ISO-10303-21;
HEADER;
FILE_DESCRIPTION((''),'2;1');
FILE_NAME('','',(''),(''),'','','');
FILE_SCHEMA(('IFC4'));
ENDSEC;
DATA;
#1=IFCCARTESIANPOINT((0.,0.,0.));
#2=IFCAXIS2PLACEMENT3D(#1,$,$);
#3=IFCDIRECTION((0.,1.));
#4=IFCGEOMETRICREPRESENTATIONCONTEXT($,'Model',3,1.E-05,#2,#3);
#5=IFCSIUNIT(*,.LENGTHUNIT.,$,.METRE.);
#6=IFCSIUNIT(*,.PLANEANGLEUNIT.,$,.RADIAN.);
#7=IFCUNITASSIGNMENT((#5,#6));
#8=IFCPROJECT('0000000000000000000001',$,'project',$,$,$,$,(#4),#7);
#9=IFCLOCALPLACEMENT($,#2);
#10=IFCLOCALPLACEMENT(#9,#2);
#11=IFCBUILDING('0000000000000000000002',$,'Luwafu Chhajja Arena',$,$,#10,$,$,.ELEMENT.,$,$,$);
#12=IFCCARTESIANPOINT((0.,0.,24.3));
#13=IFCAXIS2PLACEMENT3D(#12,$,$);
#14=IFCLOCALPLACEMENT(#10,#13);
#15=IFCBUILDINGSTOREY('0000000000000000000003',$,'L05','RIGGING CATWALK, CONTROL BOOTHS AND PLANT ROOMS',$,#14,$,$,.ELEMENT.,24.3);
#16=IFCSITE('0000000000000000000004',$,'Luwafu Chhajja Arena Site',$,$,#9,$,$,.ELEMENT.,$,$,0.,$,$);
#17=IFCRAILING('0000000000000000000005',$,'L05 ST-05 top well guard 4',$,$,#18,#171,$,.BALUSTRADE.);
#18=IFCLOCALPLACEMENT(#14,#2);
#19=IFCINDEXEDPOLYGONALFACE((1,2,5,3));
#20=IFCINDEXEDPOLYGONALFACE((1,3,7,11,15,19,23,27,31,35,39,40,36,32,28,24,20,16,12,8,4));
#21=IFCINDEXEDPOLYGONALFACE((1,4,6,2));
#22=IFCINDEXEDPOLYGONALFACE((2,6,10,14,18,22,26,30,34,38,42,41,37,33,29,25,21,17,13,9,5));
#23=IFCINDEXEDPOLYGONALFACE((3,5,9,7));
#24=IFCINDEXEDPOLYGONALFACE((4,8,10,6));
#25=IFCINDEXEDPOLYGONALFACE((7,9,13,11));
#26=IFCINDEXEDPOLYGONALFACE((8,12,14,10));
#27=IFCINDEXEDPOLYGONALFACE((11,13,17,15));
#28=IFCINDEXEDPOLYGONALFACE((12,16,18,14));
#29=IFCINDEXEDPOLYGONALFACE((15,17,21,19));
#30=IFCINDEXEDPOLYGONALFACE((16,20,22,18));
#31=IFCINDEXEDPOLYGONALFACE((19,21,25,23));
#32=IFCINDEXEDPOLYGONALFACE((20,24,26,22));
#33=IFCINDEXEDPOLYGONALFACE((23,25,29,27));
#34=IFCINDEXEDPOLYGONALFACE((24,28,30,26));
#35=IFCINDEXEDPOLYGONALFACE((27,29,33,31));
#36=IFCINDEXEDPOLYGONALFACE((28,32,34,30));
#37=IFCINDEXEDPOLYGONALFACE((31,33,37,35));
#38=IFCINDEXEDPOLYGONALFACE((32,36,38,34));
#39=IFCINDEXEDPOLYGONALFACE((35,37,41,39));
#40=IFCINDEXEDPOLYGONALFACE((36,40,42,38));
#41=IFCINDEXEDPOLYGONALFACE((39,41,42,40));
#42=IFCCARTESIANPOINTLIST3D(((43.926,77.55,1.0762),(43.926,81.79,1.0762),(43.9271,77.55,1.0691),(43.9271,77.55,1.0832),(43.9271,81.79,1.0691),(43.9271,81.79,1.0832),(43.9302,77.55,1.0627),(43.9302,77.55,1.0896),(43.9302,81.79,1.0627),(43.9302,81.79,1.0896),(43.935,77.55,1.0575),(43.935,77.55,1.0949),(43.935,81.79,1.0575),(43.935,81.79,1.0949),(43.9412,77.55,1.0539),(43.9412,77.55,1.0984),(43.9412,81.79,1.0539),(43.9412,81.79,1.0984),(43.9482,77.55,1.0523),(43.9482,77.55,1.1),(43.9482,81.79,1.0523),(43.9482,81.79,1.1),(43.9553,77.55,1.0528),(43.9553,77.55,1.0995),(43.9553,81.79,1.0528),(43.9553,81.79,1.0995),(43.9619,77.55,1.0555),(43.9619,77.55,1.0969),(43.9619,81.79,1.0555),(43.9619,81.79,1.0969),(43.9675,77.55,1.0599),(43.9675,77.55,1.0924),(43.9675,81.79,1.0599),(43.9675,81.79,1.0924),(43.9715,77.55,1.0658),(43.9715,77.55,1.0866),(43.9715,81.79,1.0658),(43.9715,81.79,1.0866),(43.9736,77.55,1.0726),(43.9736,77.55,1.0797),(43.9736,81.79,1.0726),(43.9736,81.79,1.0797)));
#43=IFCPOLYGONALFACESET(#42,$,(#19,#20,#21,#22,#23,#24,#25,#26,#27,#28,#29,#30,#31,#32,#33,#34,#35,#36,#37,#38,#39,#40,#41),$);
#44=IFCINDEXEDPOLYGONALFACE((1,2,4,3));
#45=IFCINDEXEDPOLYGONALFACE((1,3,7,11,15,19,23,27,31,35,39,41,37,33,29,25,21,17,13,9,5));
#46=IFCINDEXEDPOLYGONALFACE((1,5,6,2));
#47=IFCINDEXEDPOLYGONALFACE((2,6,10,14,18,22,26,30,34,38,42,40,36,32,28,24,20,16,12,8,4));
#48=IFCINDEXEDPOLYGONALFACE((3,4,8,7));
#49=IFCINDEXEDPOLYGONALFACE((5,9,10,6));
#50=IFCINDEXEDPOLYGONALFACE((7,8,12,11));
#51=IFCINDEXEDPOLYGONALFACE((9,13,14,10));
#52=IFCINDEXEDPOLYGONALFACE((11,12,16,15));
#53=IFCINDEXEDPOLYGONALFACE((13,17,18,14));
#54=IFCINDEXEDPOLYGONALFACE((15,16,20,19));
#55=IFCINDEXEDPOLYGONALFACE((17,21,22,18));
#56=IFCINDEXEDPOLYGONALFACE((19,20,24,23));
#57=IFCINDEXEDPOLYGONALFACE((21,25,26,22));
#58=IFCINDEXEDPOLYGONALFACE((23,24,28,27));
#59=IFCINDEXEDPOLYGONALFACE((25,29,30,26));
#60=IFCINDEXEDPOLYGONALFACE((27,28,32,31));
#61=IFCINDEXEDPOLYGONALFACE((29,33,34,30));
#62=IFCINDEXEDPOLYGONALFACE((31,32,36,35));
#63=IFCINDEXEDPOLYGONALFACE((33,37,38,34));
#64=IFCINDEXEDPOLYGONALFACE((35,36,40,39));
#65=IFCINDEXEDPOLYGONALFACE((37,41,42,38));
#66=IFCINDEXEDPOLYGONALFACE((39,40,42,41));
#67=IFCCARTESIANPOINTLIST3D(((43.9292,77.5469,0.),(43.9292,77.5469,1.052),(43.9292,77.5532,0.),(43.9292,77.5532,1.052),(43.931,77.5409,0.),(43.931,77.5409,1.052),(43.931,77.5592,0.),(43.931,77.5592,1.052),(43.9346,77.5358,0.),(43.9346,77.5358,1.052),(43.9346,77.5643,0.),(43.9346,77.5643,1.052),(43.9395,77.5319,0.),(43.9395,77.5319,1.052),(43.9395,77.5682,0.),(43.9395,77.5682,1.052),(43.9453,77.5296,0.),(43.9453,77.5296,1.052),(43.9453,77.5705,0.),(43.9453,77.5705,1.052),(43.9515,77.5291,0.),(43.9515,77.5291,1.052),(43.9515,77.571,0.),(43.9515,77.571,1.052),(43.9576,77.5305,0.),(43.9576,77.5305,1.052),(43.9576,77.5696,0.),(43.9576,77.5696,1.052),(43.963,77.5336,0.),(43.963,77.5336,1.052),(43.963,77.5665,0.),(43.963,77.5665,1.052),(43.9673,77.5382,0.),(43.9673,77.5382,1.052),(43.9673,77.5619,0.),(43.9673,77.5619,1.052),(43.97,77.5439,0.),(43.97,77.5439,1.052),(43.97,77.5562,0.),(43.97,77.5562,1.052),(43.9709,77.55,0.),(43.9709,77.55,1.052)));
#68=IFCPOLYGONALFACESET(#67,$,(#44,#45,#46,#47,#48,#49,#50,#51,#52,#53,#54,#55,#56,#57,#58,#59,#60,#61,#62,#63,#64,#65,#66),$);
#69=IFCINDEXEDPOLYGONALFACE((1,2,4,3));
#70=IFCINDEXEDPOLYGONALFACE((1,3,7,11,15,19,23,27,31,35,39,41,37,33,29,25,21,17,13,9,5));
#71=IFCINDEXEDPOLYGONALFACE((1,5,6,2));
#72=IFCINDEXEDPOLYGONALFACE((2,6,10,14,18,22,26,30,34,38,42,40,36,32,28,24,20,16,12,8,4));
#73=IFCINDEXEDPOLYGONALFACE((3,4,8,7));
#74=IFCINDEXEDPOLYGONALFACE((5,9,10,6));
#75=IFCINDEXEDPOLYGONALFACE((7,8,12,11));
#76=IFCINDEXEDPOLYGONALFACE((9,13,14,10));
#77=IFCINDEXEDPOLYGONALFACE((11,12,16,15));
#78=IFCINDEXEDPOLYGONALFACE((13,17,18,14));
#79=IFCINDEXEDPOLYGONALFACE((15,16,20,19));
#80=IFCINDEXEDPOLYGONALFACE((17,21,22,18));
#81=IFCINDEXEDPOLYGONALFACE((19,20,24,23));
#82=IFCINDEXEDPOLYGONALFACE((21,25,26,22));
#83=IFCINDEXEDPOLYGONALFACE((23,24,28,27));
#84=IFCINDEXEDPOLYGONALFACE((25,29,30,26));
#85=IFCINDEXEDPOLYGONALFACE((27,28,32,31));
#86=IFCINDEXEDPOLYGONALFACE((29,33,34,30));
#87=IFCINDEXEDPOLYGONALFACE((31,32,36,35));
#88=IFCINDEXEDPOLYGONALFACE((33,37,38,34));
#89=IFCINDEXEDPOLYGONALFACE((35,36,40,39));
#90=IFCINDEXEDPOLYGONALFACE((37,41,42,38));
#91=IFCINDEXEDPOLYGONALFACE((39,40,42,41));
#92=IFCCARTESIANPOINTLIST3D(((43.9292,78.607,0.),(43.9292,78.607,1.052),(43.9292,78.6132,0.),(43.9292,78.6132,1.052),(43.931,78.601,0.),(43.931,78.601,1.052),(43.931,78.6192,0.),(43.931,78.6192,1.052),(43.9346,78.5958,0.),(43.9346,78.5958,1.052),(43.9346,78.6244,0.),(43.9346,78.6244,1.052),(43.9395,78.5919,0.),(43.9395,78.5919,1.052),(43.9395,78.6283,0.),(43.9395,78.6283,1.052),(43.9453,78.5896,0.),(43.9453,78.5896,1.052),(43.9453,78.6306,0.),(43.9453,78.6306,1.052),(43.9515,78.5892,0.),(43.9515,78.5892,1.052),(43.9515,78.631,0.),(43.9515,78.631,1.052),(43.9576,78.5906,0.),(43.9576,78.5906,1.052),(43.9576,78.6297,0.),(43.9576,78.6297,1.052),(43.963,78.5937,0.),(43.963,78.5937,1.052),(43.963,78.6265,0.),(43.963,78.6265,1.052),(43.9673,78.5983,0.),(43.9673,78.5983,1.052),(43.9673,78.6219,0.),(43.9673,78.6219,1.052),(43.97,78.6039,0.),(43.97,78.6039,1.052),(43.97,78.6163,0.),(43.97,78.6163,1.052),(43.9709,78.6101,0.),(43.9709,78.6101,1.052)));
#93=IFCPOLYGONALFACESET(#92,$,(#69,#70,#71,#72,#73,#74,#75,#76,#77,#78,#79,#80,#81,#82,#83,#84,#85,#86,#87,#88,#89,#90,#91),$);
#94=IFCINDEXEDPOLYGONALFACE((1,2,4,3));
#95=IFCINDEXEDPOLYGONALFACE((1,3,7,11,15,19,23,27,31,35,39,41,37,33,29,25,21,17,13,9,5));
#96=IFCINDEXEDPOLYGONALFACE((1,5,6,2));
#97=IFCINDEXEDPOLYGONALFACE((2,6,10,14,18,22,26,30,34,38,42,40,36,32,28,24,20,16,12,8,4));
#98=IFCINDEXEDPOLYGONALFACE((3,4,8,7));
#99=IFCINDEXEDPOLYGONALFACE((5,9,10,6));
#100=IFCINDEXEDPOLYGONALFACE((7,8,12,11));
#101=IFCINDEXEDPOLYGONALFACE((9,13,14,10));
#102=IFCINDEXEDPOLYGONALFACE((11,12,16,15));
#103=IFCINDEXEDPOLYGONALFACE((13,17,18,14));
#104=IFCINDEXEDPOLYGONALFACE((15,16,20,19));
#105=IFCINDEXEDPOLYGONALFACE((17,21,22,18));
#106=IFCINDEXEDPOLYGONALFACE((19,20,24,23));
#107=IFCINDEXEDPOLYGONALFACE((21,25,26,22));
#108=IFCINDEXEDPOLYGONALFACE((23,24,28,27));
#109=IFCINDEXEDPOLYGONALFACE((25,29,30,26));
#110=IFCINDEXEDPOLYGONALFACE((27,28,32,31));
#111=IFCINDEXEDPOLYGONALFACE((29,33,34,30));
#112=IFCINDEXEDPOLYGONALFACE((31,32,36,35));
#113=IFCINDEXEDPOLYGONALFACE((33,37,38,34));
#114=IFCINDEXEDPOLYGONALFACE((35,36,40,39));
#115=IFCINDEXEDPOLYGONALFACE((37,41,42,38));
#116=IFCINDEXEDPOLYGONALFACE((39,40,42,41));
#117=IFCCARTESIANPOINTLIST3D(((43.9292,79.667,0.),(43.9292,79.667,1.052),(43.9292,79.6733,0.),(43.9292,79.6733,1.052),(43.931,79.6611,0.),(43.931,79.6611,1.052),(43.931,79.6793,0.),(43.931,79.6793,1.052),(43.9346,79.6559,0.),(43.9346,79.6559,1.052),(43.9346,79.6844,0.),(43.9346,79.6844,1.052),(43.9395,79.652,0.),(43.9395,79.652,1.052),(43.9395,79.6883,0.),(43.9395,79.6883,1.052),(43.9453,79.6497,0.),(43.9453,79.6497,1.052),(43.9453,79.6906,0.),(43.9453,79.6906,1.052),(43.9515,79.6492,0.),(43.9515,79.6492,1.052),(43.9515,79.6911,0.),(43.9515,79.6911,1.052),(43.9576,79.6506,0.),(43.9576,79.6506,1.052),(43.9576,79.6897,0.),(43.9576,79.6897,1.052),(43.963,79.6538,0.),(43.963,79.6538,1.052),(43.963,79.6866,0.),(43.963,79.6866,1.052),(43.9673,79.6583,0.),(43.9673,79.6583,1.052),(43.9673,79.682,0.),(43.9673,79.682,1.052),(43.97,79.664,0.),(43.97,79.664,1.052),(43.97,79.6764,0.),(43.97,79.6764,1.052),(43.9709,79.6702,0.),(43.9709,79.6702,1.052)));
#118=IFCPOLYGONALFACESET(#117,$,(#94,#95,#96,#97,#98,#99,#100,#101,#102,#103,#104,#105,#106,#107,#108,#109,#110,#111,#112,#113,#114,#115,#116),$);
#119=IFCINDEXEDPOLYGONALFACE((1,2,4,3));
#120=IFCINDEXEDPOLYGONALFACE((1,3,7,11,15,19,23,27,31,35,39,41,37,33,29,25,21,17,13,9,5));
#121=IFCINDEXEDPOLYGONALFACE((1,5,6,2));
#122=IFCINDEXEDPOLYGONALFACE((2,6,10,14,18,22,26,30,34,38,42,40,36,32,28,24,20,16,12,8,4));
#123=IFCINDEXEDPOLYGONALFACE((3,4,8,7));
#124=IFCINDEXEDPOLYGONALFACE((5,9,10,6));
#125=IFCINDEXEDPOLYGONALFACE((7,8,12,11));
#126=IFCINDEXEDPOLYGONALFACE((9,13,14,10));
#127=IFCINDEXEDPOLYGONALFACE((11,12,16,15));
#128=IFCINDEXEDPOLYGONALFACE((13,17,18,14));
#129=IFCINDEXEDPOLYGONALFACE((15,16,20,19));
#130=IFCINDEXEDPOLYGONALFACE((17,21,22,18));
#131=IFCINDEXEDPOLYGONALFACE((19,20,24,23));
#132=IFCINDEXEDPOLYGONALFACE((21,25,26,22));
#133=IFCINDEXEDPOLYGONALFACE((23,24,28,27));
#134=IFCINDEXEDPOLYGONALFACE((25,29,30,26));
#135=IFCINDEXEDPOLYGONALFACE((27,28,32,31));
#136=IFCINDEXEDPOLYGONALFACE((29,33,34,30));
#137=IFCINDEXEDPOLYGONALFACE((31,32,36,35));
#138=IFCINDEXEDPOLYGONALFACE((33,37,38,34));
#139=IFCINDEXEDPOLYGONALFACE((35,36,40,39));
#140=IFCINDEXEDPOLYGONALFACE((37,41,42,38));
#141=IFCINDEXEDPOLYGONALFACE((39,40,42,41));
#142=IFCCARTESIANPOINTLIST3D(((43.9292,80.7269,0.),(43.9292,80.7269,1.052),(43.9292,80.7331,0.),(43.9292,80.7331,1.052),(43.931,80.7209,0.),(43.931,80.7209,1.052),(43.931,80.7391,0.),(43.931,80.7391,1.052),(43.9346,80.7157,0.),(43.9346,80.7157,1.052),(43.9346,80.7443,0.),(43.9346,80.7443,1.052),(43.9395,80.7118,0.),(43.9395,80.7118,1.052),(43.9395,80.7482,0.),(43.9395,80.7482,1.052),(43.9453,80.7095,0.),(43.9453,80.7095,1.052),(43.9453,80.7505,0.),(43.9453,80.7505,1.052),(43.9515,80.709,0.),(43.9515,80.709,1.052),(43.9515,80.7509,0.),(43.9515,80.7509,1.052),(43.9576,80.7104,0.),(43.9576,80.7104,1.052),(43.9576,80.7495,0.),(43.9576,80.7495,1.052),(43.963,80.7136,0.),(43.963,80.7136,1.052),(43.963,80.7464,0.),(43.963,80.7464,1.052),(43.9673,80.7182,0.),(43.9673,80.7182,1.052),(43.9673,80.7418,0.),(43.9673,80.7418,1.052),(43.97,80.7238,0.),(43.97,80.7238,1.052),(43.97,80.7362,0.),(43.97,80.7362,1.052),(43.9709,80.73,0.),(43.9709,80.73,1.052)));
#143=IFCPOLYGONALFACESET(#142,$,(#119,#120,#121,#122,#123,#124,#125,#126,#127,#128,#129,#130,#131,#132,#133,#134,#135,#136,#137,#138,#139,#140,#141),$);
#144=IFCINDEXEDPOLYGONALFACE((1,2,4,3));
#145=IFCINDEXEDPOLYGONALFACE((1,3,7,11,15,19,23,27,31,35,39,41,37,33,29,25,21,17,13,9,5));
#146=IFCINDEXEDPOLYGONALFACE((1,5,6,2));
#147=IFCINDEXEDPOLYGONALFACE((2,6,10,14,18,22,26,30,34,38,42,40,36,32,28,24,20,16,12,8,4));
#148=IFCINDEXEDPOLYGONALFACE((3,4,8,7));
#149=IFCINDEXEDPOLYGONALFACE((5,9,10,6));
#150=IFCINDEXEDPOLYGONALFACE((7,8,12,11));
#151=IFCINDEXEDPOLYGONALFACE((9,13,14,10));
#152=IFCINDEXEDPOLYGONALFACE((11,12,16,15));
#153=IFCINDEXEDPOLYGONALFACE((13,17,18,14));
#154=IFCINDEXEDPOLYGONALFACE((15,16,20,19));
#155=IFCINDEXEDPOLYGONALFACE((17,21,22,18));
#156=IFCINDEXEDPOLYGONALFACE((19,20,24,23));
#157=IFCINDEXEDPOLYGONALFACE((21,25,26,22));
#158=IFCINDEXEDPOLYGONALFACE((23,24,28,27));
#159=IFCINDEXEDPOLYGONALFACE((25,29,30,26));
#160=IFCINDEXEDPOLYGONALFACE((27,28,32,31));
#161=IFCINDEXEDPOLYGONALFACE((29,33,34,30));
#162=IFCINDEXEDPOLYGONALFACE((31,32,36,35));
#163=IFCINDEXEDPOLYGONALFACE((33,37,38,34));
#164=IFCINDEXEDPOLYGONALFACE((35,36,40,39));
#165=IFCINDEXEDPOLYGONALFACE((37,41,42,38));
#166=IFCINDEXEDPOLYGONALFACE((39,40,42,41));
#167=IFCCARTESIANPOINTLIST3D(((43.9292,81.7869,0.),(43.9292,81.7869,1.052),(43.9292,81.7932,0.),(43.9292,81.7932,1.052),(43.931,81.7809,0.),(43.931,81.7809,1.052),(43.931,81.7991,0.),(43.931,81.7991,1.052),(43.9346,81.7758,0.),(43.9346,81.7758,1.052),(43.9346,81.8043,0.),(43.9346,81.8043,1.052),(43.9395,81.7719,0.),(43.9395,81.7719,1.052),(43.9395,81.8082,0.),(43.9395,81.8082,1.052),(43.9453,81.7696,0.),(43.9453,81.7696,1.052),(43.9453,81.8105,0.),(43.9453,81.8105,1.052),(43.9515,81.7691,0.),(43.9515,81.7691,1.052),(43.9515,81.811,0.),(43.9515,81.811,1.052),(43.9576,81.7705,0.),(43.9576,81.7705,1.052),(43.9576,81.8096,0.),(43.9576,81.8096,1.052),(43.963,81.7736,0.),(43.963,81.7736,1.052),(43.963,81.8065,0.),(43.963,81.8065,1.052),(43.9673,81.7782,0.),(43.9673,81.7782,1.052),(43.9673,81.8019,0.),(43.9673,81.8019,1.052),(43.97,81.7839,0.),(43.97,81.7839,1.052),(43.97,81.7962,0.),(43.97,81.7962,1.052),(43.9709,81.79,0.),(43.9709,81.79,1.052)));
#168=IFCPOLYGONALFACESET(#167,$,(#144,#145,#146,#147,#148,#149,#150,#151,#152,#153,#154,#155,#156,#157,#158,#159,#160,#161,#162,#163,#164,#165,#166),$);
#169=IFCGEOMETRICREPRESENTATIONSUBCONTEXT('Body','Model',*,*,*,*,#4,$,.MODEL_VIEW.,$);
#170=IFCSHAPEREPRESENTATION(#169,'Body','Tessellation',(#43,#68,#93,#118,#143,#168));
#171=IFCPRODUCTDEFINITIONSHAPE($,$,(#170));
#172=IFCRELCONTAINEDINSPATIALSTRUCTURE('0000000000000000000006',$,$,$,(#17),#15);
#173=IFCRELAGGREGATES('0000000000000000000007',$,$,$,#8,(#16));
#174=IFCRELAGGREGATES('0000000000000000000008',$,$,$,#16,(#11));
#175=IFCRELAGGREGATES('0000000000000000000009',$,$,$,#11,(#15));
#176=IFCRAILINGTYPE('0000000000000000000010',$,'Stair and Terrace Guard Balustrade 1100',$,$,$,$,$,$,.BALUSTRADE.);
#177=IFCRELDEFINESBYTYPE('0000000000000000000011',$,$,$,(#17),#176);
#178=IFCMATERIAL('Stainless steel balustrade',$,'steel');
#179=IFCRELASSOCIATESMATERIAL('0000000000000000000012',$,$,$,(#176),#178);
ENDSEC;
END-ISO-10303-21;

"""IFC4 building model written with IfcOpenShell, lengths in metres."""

from ifc_helpers import new_model, si_unit, direction, frame, origin, origin_2d, place, context, subcontext, project, spatial, circle, extrude, material, type_object, element, save


model = new_model("IFC4")

# Units and contexts
model_context = context("Model", 3, precision=1e-05, world=origin(), true_north=direction((0.0, 1.0)))
body_context = subcontext(model_context, "Body", "Model", "MODEL_VIEW")
ifc_project = project(units=[si_unit("LENGTHUNIT", "METRE"), si_unit("PLANEANGLEUNIT", "RADIAN")], contexts=[model_context])

# Site, building, storey
site_placement = place(None, origin())
site = spatial("IfcSite", under=ifc_project, at=site_placement, Name="Luwafu Chhajja Arena Site", CompositionType="ELEMENT", RefElevation=0.0)
building_placement = place(site_placement, origin())
building = spatial("IfcBuilding", under=site, at=building_placement, Name="Luwafu Chhajja Arena", CompositionType="ELEMENT")
storey_placement = place(building_placement, frame((0.0, 0.0, 24.3)))
storey = spatial("IfcBuildingStorey", under=building, at=storey_placement, Name="L05", Description="RIGGING CATWALK, CONTROL BOOTHS AND PLANT ROOMS", CompositionType="ELEMENT", Elevation=24.3)

# Railing
ifc_material_1 = material(Name="Stainless steel balustrade", Category="steel")
railing_type = type_object("IfcRailingType", Name="Stair and Terrace Guard Balustrade 1100", PredefinedType="BALUSTRADE", material=ifc_material_1)
railing_1_placement = place(storey_placement, frame((43.95, 77.55, 0.0)))
element("IfcRailing", 1, at=railing_1_placement, inside=storey, type_object=railing_type, Name="L05 ST-05 top well guard 4", PredefinedType="BALUSTRADE", context=body_context, shape_type="SweptSolid", body=[
    extrude(circle(Radius=0.0239, at=origin_2d()), frame((0.0, 0.0, 1.0762), z_axis=(0.0, 1.0, 0.0), x_axis=(-1.0, 0.0, 0.0)), (0.0, 0.0, 1.0), 4.24),
    extrude(circle(Radius=0.021, at=origin_2d()), origin(), (0.0, 0.0, 1.0), 1.052),
    extrude(circle(Radius=0.021, at=origin_2d()), frame((0.0, 1.0601, 0.0)), (0.0, 0.0, 1.0), 1.052),
    extrude(circle(Radius=0.021, at=origin_2d()), frame((0.0, 2.1201, 0.0)), (0.0, 0.0, 1.0), 1.052),
    extrude(circle(Radius=0.021, at=origin_2d()), frame((0.0, 3.1799, 0.0)), (0.0, 0.0, 1.0), 1.052),
    extrude(circle(Radius=0.021, at=origin_2d()), frame((0.0, 4.24, 0.0)), (0.0, 0.0, 1.0), 1.052),
])

save(model, "model.ifc")
